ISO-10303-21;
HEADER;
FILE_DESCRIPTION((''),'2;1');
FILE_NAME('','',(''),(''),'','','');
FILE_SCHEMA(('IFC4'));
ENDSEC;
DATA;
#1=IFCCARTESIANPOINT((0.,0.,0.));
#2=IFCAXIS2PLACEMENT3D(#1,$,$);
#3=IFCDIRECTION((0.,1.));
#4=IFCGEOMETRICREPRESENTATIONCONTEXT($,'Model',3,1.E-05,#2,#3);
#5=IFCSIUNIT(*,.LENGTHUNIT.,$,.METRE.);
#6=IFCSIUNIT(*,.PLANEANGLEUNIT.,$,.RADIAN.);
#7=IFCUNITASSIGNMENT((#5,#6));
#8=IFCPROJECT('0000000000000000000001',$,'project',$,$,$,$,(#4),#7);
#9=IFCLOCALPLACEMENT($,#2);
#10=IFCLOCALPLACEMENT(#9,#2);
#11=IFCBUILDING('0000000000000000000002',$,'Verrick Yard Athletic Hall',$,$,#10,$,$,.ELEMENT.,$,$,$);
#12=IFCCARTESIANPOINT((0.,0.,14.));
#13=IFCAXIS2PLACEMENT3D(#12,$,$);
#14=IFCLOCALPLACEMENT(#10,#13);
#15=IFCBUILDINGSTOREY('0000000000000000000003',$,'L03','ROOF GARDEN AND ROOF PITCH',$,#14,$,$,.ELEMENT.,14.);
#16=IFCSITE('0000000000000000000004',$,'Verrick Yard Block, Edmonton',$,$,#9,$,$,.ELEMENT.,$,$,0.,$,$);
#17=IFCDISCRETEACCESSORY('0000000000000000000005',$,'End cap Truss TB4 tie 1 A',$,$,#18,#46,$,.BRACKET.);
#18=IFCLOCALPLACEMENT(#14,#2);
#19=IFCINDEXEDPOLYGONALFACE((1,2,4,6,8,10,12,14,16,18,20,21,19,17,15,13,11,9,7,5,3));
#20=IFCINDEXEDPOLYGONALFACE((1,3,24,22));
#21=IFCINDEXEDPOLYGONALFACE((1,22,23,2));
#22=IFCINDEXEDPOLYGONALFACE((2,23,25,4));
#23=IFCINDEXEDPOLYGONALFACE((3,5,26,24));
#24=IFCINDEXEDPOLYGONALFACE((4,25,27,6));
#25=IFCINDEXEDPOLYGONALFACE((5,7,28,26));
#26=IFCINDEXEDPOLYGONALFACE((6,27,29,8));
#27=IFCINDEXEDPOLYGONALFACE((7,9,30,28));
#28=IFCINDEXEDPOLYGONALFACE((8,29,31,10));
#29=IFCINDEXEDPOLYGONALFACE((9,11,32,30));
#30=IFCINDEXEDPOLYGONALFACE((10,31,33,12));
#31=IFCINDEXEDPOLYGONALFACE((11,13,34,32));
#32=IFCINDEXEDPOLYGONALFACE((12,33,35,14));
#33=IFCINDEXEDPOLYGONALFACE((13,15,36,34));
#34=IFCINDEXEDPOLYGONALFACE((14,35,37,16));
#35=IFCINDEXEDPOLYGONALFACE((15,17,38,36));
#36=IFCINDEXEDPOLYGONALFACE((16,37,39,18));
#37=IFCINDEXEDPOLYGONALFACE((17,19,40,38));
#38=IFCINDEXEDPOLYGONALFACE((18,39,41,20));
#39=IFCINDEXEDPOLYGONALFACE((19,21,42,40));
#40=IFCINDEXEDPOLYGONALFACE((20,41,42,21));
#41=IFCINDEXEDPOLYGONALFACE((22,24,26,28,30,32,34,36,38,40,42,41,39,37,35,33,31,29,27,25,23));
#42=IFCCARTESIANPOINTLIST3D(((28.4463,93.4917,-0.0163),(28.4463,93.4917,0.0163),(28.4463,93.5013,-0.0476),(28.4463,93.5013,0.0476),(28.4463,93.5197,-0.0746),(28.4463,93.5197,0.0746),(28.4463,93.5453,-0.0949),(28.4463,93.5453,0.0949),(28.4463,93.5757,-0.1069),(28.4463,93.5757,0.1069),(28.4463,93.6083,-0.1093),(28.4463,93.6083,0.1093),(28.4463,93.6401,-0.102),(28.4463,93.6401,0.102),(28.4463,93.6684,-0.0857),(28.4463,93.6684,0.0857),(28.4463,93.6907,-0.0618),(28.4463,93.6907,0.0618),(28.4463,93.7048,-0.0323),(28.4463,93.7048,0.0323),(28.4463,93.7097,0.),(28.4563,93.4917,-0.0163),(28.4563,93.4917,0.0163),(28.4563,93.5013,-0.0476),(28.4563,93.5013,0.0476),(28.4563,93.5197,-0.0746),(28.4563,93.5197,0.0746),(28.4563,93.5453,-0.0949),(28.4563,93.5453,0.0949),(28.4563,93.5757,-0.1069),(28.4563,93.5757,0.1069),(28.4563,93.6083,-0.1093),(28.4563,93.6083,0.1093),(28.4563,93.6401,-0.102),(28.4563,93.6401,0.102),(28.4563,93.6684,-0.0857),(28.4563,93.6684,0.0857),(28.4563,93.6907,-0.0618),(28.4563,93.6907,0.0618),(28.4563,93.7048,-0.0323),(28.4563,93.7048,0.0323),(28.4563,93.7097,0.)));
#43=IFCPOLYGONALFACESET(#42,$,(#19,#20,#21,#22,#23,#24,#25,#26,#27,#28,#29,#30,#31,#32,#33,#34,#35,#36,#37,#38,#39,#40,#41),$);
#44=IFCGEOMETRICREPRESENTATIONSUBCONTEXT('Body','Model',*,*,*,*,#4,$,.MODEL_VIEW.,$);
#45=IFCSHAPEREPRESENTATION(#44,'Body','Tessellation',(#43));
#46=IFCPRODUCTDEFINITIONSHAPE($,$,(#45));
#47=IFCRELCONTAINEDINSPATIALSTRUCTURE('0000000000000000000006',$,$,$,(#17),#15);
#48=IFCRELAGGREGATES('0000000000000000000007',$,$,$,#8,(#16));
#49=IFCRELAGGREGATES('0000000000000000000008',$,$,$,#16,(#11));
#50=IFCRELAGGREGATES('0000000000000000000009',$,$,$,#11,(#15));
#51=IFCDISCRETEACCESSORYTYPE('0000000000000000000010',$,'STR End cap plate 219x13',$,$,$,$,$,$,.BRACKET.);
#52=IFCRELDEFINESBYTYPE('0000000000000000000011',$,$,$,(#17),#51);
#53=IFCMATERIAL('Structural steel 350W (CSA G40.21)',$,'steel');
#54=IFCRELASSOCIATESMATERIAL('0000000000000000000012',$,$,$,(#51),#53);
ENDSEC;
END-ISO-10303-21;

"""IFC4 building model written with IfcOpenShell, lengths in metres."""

from ifc_helpers import new_model, si_unit, direction, frame, origin, origin_2d, place, context, subcontext, project, spatial, circle, extrude, material, material_profile, profile_set, type_object, element, save


model = new_model("IFC4")

# Units and contexts
model_context = context("Model", 3, precision=1e-05, world=origin(), true_north=direction((0.0, 1.0)))
body_context = subcontext(model_context, "Body", "Model", "MODEL_VIEW")
ifc_project = project(units=[si_unit("LENGTHUNIT", "METRE"), si_unit("PLANEANGLEUNIT", "RADIAN")], contexts=[model_context])

# Site, building, storey
site_placement = place(None, origin())
site = spatial("IfcSite", under=ifc_project, at=site_placement, Name="Verrick Yard Block, Edmonton", CompositionType="ELEMENT", RefElevation=0.0)
building_placement = place(site_placement, origin())
building = spatial("IfcBuilding", under=site, at=building_placement, Name="Verrick Yard Athletic Hall", CompositionType="ELEMENT")
storey_placement = place(building_placement, frame((0.0, 0.0, 14.0)))
storey = spatial("IfcBuildingStorey", under=building, at=storey_placement, Name="L03", Description="ROOF GARDEN AND ROOF PITCH", CompositionType="ELEMENT", Elevation=14.0)

# Discrete accessory
ifc_material_1 = material(Name="Structural steel 350W (CSA G40.21)", Category="steel")
ifc_material_profile_1 = material_profile(ifc_material_1, circle(Radius=0.1096, at=origin_2d()), Name="STR End cap plate 219x13")
ifc_profile_set_1 = profile_set([ifc_material_profile_1], Name="Structural steel 350W (CSA G40.21)")
discrete_accessory_type_1 = type_object("IfcDiscreteAccessoryType", Name="STR End cap plate 219x13", PredefinedType="BRACKET", material=ifc_profile_set_1)
discrete_accessory_1_placement = place(storey_placement, frame((28.4463, 93.6001, 0.0), z_axis=(1.0, 0.0, 0.0), x_axis=(0.0, 1.0, 0.0)))
element("IfcDiscreteAccessory", 1, at=discrete_accessory_1_placement, inside=storey, type_object=discrete_accessory_type_1, Name="End cap Truss TB4 tie 1 A", PredefinedType="BRACKET", context=body_context, shape_type="SweptSolid", body=[
    extrude(circle(Radius=0.1096, at=origin_2d()), origin(), (0.0, 0.0, 1.0), 0.01),
])

save(model, "model.ifc")
